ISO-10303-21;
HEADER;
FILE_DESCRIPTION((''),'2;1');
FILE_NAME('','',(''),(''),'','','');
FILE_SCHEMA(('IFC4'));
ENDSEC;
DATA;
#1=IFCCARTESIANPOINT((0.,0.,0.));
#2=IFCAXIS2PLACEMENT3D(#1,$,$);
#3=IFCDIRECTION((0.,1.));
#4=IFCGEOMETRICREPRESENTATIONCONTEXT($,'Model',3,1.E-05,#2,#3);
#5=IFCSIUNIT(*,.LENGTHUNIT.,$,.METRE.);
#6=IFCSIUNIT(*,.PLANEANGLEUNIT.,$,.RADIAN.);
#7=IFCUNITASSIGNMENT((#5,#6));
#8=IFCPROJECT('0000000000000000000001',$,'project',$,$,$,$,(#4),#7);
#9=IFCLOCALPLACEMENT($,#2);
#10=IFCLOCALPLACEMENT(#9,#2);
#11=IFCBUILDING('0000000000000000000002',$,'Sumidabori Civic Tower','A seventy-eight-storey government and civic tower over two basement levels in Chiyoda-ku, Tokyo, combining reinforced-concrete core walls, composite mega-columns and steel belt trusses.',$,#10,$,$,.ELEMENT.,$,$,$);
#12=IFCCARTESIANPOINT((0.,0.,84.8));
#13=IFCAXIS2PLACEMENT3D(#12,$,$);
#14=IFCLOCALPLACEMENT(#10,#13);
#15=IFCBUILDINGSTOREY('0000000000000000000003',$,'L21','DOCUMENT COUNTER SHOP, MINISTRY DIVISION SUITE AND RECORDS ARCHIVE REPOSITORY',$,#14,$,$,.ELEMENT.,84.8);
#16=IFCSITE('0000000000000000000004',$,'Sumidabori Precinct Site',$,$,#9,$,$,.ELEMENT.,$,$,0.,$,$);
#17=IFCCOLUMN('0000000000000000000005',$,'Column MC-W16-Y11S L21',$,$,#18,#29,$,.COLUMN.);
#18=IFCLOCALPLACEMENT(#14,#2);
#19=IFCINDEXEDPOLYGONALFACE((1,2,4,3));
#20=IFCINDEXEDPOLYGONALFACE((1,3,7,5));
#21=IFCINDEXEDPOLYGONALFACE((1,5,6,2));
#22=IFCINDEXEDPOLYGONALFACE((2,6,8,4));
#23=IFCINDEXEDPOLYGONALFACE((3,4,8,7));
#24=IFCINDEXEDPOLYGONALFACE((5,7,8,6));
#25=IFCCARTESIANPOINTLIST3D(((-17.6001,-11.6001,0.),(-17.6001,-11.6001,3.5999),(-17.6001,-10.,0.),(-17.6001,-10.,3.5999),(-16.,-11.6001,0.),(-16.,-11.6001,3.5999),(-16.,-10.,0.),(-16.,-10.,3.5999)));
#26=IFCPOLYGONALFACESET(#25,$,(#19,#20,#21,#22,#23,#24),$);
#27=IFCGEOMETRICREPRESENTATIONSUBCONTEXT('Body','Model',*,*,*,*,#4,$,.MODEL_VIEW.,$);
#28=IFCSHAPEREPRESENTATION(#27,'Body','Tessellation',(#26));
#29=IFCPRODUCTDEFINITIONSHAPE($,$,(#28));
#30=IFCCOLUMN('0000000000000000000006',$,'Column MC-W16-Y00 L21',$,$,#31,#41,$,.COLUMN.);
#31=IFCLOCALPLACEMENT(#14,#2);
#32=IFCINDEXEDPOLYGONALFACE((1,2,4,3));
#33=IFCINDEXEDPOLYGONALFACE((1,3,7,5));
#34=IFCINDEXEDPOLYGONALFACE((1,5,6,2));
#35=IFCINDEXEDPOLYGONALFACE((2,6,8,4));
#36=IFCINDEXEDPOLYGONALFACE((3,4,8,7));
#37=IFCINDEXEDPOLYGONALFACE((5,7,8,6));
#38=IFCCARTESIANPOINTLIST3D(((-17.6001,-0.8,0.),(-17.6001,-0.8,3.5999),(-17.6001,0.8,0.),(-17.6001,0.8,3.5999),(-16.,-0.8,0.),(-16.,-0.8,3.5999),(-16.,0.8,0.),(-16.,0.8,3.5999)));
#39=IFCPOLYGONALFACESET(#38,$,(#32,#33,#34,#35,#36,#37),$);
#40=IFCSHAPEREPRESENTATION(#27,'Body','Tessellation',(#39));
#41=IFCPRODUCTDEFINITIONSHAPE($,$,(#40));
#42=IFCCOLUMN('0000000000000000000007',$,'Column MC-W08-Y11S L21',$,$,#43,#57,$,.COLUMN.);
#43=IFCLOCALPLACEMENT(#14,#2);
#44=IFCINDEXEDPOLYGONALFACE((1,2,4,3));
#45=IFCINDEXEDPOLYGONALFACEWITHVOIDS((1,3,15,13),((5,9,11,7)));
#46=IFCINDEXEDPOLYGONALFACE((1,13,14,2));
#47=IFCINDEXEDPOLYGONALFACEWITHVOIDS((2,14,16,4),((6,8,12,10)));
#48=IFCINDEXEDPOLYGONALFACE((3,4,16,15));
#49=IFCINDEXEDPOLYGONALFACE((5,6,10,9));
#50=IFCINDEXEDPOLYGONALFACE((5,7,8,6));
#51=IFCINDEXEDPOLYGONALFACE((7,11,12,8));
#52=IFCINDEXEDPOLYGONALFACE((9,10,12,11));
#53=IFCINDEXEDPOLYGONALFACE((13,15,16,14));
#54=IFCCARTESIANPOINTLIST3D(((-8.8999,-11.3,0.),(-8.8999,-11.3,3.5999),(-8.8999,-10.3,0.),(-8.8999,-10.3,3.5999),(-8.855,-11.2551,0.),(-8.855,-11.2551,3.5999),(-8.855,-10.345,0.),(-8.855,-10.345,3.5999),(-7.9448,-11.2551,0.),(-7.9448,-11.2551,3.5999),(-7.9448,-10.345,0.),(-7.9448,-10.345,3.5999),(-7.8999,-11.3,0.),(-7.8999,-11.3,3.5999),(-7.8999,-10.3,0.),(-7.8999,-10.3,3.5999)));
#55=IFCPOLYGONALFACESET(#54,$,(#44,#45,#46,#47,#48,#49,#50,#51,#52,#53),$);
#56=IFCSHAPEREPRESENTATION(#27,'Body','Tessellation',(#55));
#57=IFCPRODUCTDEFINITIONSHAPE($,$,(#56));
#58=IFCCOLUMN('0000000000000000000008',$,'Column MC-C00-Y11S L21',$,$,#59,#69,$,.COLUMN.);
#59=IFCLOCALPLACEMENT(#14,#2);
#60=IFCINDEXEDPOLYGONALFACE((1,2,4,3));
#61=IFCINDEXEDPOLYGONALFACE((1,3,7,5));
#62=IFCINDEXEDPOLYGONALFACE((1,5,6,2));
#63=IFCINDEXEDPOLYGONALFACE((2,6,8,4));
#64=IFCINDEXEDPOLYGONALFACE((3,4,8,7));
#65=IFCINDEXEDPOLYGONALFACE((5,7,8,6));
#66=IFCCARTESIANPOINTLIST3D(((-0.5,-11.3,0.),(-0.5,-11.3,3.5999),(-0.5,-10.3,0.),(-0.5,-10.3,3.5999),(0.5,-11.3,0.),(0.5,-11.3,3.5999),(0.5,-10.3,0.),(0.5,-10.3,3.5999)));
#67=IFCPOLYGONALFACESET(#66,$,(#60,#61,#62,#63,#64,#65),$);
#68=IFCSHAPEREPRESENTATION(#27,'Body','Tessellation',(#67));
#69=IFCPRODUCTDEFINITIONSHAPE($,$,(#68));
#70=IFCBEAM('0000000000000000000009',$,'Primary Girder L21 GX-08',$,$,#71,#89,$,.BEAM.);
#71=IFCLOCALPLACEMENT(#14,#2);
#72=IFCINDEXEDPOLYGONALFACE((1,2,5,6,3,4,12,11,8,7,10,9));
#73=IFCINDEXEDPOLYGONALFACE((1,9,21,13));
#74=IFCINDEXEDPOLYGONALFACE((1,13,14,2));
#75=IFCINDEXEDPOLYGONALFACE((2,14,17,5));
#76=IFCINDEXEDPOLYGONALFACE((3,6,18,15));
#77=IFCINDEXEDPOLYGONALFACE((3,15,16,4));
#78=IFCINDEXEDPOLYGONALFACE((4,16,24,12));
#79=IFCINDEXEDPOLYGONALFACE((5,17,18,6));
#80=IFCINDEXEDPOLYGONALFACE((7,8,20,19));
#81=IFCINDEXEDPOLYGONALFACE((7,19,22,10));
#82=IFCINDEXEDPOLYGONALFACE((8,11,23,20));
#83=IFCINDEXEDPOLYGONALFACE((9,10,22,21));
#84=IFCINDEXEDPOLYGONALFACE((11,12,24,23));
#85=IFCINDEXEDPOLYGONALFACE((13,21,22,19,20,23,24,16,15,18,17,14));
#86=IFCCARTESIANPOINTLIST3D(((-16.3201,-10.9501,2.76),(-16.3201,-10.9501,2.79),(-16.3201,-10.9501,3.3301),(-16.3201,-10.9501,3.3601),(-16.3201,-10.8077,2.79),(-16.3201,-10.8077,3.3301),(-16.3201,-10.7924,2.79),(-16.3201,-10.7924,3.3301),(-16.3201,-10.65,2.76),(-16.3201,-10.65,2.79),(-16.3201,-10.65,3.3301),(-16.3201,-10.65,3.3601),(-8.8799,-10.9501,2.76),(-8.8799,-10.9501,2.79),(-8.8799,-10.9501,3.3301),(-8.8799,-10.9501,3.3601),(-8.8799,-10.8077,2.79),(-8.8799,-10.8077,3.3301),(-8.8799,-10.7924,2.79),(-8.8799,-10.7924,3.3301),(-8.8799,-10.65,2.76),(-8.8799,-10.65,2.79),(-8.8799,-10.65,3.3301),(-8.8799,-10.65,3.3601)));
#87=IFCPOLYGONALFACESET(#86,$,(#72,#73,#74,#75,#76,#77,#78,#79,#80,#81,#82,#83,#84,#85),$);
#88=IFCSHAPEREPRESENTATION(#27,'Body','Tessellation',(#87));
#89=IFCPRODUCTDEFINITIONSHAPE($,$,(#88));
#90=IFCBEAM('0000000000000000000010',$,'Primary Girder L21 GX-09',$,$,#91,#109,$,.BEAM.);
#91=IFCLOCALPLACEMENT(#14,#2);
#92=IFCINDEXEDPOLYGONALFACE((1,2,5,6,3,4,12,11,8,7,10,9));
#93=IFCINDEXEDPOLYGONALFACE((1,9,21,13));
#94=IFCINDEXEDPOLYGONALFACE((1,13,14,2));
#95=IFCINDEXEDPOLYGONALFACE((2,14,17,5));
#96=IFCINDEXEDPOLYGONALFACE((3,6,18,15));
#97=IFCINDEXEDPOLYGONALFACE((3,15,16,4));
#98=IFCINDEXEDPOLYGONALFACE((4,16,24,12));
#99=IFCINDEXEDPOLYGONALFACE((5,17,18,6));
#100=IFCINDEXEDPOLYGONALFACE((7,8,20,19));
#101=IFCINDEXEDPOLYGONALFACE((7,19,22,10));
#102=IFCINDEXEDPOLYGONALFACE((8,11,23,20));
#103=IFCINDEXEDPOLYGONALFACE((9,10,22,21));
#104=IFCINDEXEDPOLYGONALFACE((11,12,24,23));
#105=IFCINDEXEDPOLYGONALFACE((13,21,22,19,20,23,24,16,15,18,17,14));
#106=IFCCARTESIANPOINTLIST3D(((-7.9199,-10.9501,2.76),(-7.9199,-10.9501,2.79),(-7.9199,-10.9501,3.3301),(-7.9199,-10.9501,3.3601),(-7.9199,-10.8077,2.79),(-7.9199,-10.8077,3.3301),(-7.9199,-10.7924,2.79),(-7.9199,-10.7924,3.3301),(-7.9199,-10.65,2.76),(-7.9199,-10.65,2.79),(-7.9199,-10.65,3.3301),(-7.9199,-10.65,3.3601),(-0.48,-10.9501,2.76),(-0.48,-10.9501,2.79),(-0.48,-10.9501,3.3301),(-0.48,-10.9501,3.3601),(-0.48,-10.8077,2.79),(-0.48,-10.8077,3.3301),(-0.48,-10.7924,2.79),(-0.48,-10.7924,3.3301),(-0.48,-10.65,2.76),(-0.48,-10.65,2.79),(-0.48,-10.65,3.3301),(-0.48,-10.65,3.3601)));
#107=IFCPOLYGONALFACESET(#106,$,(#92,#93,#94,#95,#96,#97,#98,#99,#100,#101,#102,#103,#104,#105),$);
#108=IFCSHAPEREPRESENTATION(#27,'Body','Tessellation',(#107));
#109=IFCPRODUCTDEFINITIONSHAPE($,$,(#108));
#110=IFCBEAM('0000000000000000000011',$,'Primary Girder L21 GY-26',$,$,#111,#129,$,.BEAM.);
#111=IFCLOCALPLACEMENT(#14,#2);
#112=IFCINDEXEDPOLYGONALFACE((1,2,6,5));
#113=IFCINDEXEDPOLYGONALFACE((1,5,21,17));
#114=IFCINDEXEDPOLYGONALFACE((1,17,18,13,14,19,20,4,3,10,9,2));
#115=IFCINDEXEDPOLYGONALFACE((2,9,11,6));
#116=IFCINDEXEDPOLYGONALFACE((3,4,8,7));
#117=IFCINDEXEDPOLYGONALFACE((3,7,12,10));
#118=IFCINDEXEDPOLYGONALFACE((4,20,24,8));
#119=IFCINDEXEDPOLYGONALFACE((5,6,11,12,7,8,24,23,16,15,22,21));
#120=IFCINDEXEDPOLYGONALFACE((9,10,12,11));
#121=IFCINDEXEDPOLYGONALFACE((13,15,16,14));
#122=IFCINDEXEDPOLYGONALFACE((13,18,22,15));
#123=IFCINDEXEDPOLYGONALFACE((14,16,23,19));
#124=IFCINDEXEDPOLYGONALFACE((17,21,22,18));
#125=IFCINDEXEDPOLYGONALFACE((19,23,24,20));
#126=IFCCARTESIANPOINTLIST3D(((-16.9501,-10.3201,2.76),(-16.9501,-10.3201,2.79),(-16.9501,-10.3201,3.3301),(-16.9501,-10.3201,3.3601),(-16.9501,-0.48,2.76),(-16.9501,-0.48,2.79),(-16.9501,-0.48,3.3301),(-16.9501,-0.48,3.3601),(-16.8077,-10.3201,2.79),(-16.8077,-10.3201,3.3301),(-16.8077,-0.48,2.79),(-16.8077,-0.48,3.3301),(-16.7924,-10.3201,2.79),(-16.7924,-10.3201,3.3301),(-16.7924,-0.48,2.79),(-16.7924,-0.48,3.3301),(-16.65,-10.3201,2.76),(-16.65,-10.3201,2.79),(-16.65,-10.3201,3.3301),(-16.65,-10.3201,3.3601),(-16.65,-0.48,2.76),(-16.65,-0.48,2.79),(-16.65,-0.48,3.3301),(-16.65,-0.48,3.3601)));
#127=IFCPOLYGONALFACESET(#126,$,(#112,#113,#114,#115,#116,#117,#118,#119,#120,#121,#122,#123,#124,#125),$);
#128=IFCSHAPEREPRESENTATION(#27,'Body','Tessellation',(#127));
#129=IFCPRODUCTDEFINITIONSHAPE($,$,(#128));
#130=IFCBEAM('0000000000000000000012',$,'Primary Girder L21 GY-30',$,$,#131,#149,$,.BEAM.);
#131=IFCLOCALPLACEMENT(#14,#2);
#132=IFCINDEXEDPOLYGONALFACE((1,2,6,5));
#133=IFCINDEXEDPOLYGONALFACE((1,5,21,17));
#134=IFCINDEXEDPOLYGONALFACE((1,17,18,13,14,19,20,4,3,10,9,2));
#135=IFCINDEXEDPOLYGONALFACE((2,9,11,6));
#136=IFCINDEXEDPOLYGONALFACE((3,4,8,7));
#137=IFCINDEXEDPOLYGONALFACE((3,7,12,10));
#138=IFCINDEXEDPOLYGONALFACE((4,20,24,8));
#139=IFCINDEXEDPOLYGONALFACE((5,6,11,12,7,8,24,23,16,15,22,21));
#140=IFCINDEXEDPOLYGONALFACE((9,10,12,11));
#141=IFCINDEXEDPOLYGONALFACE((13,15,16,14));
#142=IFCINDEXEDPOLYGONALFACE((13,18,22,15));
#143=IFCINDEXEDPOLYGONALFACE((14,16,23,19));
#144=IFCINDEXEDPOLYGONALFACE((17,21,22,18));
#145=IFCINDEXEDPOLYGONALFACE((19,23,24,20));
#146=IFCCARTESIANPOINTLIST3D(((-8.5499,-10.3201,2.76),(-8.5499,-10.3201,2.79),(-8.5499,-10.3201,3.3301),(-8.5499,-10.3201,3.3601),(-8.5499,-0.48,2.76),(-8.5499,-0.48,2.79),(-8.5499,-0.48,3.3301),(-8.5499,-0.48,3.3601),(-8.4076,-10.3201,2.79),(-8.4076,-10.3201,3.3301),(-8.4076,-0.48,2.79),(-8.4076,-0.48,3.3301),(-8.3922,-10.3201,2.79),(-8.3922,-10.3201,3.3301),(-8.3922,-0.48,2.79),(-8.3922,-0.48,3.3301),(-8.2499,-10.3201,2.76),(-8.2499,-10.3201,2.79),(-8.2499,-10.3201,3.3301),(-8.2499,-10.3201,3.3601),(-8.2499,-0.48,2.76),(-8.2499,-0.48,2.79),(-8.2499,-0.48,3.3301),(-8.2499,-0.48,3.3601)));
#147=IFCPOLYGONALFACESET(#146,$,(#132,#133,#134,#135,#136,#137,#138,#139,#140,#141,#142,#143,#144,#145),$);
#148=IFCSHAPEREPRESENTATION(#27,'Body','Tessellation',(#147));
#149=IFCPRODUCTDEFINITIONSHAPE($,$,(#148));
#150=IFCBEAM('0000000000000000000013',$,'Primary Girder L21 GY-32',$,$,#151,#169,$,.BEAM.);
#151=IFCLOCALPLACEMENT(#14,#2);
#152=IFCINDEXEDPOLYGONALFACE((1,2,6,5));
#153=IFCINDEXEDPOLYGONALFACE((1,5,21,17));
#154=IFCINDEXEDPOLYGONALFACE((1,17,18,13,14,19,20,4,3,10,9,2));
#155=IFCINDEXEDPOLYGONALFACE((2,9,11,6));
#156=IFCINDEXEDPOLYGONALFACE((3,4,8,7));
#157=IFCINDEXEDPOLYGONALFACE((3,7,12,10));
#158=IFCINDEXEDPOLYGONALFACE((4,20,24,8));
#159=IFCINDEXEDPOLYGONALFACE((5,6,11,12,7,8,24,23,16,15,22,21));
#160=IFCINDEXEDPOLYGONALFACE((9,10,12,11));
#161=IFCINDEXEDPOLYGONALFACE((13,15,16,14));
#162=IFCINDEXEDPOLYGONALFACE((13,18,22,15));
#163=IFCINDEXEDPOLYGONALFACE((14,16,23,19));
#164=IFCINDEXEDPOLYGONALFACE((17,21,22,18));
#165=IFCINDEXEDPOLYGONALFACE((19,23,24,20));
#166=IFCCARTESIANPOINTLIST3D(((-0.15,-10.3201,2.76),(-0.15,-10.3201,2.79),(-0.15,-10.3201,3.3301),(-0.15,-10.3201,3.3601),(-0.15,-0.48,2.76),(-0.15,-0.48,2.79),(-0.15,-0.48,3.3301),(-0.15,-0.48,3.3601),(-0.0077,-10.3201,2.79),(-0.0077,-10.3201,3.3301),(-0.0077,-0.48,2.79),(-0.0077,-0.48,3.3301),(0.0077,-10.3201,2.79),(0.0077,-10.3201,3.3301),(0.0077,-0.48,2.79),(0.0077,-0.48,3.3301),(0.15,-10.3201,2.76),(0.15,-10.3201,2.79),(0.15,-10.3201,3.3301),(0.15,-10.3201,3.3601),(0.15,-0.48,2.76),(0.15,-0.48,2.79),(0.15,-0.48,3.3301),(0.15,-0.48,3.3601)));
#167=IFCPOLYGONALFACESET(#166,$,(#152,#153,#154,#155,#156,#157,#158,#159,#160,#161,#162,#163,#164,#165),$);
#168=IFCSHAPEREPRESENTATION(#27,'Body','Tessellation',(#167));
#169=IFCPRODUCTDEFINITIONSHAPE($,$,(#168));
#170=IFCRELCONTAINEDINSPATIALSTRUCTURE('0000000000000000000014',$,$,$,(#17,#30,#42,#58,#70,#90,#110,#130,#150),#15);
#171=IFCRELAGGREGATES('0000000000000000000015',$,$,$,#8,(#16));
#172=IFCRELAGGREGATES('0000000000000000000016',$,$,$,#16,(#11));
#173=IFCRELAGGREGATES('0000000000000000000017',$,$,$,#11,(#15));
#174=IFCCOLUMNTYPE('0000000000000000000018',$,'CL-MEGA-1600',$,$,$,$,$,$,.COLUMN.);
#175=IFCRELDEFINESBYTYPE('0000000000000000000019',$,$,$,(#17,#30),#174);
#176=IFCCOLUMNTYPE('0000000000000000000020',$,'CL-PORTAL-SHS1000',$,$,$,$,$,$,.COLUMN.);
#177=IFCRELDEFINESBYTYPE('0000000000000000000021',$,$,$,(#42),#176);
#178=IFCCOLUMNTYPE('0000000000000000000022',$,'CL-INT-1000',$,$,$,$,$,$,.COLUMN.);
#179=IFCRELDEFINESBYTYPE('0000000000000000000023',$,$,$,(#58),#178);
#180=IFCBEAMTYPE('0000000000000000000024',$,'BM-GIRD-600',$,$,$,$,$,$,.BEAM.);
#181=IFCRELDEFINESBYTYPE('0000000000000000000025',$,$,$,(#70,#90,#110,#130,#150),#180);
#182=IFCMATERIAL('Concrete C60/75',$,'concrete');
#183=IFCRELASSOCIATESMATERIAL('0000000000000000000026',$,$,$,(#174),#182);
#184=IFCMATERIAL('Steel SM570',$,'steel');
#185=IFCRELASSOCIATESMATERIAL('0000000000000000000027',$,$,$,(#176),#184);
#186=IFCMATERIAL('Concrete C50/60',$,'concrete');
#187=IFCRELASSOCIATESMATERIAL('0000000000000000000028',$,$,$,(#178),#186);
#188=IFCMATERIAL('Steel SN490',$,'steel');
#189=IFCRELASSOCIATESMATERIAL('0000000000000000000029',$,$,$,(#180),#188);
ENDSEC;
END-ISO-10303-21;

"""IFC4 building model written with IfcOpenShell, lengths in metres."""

from ifc_helpers import new_model, si_unit, direction, frame, origin, origin_2d, place, context, subcontext, project, spatial, rectangle, hollow_rectangle, i_section, extrude, source, transform, mapped, material, material_profile, profile_set, type_object, element, save


model = new_model("IFC4")

# Units and contexts
model_context = context("Model", 3, precision=1e-05, world=origin(), true_north=direction((0.0, 1.0)))
body_context = subcontext(model_context, "Body", "Model", "MODEL_VIEW")
ifc_project = project(units=[si_unit("LENGTHUNIT", "METRE"), si_unit("PLANEANGLEUNIT", "RADIAN")], contexts=[model_context])

# Site, building, storey
site_placement = place(None, origin())
site = spatial("IfcSite", under=ifc_project, at=site_placement, Name="Sumidabori Precinct Site", CompositionType="ELEMENT", RefElevation=0.0)
building_placement = place(site_placement, origin())
building = spatial("IfcBuilding", under=site, at=building_placement, Name="Sumidabori Civic Tower", Description="A seventy-eight-storey government and civic tower over two basement levels in Chiyoda-ku, Tokyo, combining reinforced-concrete core walls, composite mega-columns and steel belt trusses.", CompositionType="ELEMENT")
storey_placement = place(building_placement, frame((0.0, 0.0, 84.8)))
storey = spatial("IfcBuildingStorey", under=building, at=storey_placement, Name="L21", Description="DOCUMENT COUNTER SHOP, MINISTRY DIVISION SUITE AND RECORDS ARCHIVE REPOSITORY", CompositionType="ELEMENT", Elevation=84.8)

# Columns
ifc_material_1 = material(Name="Concrete C60/75", Category="concrete")
ifc_material_profile_1 = material_profile(ifc_material_1, rectangle(XDim=1.6001, YDim=1.6001, at=origin_2d()), Name="RC 1600x1600")
ifc_profile_set_1 = profile_set([ifc_material_profile_1], Name="Concrete C60/75")
column_type_1 = type_object("IfcColumnType", Name="CL-MEGA-1600", PredefinedType="COLUMN", material=ifc_profile_set_1)
shared_shape_1 = source(origin(), body_context, "Body", "SweptSolid", [
    extrude(rectangle(XDim=1.6001, YDim=1.6001, at=origin_2d()), origin(), (0.0, 0.0, 1.0), 3.5999),
])
for number, where, z_axis, x_axis, name in (
    (1, (-16.8, -10.8, 0.0), (0.0, 0.0, 1.0), (1.0, 0.0, 0.0), "Column MC-W16-Y11S L21"),
    (2, (-16.8, 0.0, 0.0), (0.0, 0.0, 1.0), (1.0, 0.0, 0.0), "Column MC-W16-Y00 L21"),
):
    element("IfcColumn", number, at=place(storey_placement, frame(where, z_axis=z_axis, x_axis=x_axis)), inside=storey, type_object=column_type_1, Name=name, PredefinedType="COLUMN", context=body_context, shape_type="MappedRepresentation", body=[
        mapped(shared_shape_1, transform((0.0, 0.0, 0.0), x_axis=(1.0, 0.0, 0.0), y_axis=(0.0, 1.0, 0.0), z_axis=(0.0, 0.0, 1.0), scale=1.0)),
    ])
ifc_material_2 = material(Name="Steel SM570", Category="steel")
ifc_material_profile_2 = material_profile(ifc_material_2, hollow_rectangle(XDim=1.0, YDim=1.0, WallThickness=0.0449, at=origin_2d()), Name="SHS 1000x1000x45")
ifc_profile_set_2 = profile_set([ifc_material_profile_2], Name="Steel SM570")
column_type_2 = type_object("IfcColumnType", Name="CL-PORTAL-SHS1000", PredefinedType="COLUMN", material=ifc_profile_set_2)
shared_shape_2 = source(origin(), body_context, "Body", "SweptSolid", [
    extrude(hollow_rectangle(XDim=1.0, YDim=1.0, WallThickness=0.0449, at=origin_2d()), origin(), (0.0, 0.0, 1.0), 3.5999),
])
column_1_placement = place(storey_placement, frame((-8.3999, -10.8, 0.0), z_axis=(0.0, 0.0, 1.0), x_axis=(1.0, 0.0, 0.0)))
element("IfcColumn", 3, at=column_1_placement, inside=storey, type_object=column_type_2, Name="Column MC-W08-Y11S L21", PredefinedType="COLUMN", context=body_context, shape_type="MappedRepresentation", body=[
    mapped(shared_shape_2, transform((0.0, 0.0, 0.0), x_axis=(1.0, 0.0, 0.0), y_axis=(0.0, 1.0, 0.0), z_axis=(0.0, 0.0, 1.0), scale=1.0)),
])
ifc_material_3 = material(Name="Concrete C50/60", Category="concrete")
ifc_material_profile_3 = material_profile(ifc_material_3, rectangle(XDim=1.0, YDim=1.0, at=origin_2d()), Name="RC 1000x1000")
ifc_profile_set_3 = profile_set([ifc_material_profile_3], Name="Concrete C50/60")
column_type_3 = type_object("IfcColumnType", Name="CL-INT-1000", PredefinedType="COLUMN", material=ifc_profile_set_3)
shared_shape_3 = source(origin(), body_context, "Body", "SweptSolid", [
    extrude(rectangle(XDim=1.0, YDim=1.0, at=origin_2d()), origin(), (0.0, 0.0, 1.0), 3.5999),
])
column_2_placement = place(storey_placement, frame((0.0, -10.8, 0.0), z_axis=(0.0, 0.0, 1.0), x_axis=(1.0, 0.0, 0.0)))
element("IfcColumn", 4, at=column_2_placement, inside=storey, type_object=column_type_3, Name="Column MC-C00-Y11S L21", PredefinedType="COLUMN", context=body_context, shape_type="MappedRepresentation", body=[
    mapped(shared_shape_3, transform((0.0, 0.0, 0.0), x_axis=(1.0, 0.0, 0.0), y_axis=(0.0, 1.0, 0.0), z_axis=(0.0, 0.0, 1.0), scale=1.0)),
])

# Beams
ifc_material_4 = material(Name="Steel SN490", Category="steel")
ifc_material_profile_4 = material_profile(ifc_material_4, i_section(OverallWidth=0.3, OverallDepth=0.6001, WebThickness=0.0154, FlangeThickness=0.03, at=origin_2d()), Name="HE 600 B")
ifc_profile_set_4 = profile_set([ifc_material_profile_4], Name="Steel SN490")
beam_type_1 = type_object("IfcBeamType", Name="BM-GIRD-600", PredefinedType="BEAM", material=ifc_profile_set_4)
shared_shape_4 = source(origin(), body_context, "Body", "SweptSolid", [
    extrude(i_section(OverallWidth=0.3, OverallDepth=0.6001, WebThickness=0.0154, FlangeThickness=0.03, at=origin_2d()), origin(), (0.0, 0.0, 1.0), 7.4402),
])
beam_1_placement = place(storey_placement, frame((-16.3201, -10.8, 3.0601), z_axis=(1.0, 0.0, 0.0), x_axis=(0.0, 1.0, 0.0)))
element("IfcBeam", 5, at=beam_1_placement, inside=storey, type_object=beam_type_1, Name="Primary Girder L21 GX-08", PredefinedType="BEAM", context=body_context, shape_type="MappedRepresentation", body=[
    mapped(shared_shape_4, transform((0.0, 0.0, 0.0), x_axis=(1.0, 0.0, 0.0), y_axis=(0.0, 1.0, 0.0), z_axis=(0.0, 0.0, 1.0), scale=1.0)),
])
shared_shape_5 = source(origin(), body_context, "Body", "SweptSolid", [
    extrude(i_section(OverallWidth=0.3, OverallDepth=0.6001, WebThickness=0.0154, FlangeThickness=0.03, at=origin_2d()), origin(), (0.0, 0.0, 1.0), 7.4399),
])
beam_2_placement = place(storey_placement, frame((-7.9199, -10.8, 3.0601), z_axis=(1.0, 0.0, 0.0), x_axis=(0.0, 1.0, 0.0)))
element("IfcBeam", 6, at=beam_2_placement, inside=storey, type_object=beam_type_1, Name="Primary Girder L21 GX-09", PredefinedType="BEAM", context=body_context, shape_type="MappedRepresentation", body=[
    mapped(shared_shape_5, transform((0.0, 0.0, 0.0), x_axis=(1.0, 0.0, 0.0), y_axis=(0.0, 1.0, 0.0), z_axis=(0.0, 0.0, 1.0), scale=1.0)),
])
shared_shape_6 = source(origin(), body_context, "Body", "SweptSolid", [
    extrude(i_section(OverallWidth=0.3, OverallDepth=0.6001, WebThickness=0.0154, FlangeThickness=0.03, at=origin_2d()), origin(), (0.0, 0.0, 1.0), 9.8401),
])
for number, where, z_axis, x_axis, name in (
    (7, (-16.8, -10.3201, 3.0601), (0.0, 1.0, 0.0), (-1.0, 0.0, 0.0), "Primary Girder L21 GY-26"),
    (8, (-8.3999, -10.3201, 3.0601), (0.0, 1.0, 0.0), (-1.0, 0.0, 0.0), "Primary Girder L21 GY-30"),
    (9, (0.0, -10.3201, 3.0601), (0.0, 1.0, 0.0), (-1.0, 0.0, 0.0), "Primary Girder L21 GY-32"),
):
    element("IfcBeam", number, at=place(storey_placement, frame(where, z_axis=z_axis, x_axis=x_axis)), inside=storey, type_object=beam_type_1, Name=name, PredefinedType="BEAM", context=body_context, shape_type="MappedRepresentation", body=[
        mapped(shared_shape_6, transform((0.0, 0.0, 0.0), x_axis=(1.0, 0.0, 0.0), y_axis=(0.0, 1.0, 0.0), z_axis=(0.0, 0.0, 1.0), scale=1.0)),
    ])

save(model, "model.ifc")
